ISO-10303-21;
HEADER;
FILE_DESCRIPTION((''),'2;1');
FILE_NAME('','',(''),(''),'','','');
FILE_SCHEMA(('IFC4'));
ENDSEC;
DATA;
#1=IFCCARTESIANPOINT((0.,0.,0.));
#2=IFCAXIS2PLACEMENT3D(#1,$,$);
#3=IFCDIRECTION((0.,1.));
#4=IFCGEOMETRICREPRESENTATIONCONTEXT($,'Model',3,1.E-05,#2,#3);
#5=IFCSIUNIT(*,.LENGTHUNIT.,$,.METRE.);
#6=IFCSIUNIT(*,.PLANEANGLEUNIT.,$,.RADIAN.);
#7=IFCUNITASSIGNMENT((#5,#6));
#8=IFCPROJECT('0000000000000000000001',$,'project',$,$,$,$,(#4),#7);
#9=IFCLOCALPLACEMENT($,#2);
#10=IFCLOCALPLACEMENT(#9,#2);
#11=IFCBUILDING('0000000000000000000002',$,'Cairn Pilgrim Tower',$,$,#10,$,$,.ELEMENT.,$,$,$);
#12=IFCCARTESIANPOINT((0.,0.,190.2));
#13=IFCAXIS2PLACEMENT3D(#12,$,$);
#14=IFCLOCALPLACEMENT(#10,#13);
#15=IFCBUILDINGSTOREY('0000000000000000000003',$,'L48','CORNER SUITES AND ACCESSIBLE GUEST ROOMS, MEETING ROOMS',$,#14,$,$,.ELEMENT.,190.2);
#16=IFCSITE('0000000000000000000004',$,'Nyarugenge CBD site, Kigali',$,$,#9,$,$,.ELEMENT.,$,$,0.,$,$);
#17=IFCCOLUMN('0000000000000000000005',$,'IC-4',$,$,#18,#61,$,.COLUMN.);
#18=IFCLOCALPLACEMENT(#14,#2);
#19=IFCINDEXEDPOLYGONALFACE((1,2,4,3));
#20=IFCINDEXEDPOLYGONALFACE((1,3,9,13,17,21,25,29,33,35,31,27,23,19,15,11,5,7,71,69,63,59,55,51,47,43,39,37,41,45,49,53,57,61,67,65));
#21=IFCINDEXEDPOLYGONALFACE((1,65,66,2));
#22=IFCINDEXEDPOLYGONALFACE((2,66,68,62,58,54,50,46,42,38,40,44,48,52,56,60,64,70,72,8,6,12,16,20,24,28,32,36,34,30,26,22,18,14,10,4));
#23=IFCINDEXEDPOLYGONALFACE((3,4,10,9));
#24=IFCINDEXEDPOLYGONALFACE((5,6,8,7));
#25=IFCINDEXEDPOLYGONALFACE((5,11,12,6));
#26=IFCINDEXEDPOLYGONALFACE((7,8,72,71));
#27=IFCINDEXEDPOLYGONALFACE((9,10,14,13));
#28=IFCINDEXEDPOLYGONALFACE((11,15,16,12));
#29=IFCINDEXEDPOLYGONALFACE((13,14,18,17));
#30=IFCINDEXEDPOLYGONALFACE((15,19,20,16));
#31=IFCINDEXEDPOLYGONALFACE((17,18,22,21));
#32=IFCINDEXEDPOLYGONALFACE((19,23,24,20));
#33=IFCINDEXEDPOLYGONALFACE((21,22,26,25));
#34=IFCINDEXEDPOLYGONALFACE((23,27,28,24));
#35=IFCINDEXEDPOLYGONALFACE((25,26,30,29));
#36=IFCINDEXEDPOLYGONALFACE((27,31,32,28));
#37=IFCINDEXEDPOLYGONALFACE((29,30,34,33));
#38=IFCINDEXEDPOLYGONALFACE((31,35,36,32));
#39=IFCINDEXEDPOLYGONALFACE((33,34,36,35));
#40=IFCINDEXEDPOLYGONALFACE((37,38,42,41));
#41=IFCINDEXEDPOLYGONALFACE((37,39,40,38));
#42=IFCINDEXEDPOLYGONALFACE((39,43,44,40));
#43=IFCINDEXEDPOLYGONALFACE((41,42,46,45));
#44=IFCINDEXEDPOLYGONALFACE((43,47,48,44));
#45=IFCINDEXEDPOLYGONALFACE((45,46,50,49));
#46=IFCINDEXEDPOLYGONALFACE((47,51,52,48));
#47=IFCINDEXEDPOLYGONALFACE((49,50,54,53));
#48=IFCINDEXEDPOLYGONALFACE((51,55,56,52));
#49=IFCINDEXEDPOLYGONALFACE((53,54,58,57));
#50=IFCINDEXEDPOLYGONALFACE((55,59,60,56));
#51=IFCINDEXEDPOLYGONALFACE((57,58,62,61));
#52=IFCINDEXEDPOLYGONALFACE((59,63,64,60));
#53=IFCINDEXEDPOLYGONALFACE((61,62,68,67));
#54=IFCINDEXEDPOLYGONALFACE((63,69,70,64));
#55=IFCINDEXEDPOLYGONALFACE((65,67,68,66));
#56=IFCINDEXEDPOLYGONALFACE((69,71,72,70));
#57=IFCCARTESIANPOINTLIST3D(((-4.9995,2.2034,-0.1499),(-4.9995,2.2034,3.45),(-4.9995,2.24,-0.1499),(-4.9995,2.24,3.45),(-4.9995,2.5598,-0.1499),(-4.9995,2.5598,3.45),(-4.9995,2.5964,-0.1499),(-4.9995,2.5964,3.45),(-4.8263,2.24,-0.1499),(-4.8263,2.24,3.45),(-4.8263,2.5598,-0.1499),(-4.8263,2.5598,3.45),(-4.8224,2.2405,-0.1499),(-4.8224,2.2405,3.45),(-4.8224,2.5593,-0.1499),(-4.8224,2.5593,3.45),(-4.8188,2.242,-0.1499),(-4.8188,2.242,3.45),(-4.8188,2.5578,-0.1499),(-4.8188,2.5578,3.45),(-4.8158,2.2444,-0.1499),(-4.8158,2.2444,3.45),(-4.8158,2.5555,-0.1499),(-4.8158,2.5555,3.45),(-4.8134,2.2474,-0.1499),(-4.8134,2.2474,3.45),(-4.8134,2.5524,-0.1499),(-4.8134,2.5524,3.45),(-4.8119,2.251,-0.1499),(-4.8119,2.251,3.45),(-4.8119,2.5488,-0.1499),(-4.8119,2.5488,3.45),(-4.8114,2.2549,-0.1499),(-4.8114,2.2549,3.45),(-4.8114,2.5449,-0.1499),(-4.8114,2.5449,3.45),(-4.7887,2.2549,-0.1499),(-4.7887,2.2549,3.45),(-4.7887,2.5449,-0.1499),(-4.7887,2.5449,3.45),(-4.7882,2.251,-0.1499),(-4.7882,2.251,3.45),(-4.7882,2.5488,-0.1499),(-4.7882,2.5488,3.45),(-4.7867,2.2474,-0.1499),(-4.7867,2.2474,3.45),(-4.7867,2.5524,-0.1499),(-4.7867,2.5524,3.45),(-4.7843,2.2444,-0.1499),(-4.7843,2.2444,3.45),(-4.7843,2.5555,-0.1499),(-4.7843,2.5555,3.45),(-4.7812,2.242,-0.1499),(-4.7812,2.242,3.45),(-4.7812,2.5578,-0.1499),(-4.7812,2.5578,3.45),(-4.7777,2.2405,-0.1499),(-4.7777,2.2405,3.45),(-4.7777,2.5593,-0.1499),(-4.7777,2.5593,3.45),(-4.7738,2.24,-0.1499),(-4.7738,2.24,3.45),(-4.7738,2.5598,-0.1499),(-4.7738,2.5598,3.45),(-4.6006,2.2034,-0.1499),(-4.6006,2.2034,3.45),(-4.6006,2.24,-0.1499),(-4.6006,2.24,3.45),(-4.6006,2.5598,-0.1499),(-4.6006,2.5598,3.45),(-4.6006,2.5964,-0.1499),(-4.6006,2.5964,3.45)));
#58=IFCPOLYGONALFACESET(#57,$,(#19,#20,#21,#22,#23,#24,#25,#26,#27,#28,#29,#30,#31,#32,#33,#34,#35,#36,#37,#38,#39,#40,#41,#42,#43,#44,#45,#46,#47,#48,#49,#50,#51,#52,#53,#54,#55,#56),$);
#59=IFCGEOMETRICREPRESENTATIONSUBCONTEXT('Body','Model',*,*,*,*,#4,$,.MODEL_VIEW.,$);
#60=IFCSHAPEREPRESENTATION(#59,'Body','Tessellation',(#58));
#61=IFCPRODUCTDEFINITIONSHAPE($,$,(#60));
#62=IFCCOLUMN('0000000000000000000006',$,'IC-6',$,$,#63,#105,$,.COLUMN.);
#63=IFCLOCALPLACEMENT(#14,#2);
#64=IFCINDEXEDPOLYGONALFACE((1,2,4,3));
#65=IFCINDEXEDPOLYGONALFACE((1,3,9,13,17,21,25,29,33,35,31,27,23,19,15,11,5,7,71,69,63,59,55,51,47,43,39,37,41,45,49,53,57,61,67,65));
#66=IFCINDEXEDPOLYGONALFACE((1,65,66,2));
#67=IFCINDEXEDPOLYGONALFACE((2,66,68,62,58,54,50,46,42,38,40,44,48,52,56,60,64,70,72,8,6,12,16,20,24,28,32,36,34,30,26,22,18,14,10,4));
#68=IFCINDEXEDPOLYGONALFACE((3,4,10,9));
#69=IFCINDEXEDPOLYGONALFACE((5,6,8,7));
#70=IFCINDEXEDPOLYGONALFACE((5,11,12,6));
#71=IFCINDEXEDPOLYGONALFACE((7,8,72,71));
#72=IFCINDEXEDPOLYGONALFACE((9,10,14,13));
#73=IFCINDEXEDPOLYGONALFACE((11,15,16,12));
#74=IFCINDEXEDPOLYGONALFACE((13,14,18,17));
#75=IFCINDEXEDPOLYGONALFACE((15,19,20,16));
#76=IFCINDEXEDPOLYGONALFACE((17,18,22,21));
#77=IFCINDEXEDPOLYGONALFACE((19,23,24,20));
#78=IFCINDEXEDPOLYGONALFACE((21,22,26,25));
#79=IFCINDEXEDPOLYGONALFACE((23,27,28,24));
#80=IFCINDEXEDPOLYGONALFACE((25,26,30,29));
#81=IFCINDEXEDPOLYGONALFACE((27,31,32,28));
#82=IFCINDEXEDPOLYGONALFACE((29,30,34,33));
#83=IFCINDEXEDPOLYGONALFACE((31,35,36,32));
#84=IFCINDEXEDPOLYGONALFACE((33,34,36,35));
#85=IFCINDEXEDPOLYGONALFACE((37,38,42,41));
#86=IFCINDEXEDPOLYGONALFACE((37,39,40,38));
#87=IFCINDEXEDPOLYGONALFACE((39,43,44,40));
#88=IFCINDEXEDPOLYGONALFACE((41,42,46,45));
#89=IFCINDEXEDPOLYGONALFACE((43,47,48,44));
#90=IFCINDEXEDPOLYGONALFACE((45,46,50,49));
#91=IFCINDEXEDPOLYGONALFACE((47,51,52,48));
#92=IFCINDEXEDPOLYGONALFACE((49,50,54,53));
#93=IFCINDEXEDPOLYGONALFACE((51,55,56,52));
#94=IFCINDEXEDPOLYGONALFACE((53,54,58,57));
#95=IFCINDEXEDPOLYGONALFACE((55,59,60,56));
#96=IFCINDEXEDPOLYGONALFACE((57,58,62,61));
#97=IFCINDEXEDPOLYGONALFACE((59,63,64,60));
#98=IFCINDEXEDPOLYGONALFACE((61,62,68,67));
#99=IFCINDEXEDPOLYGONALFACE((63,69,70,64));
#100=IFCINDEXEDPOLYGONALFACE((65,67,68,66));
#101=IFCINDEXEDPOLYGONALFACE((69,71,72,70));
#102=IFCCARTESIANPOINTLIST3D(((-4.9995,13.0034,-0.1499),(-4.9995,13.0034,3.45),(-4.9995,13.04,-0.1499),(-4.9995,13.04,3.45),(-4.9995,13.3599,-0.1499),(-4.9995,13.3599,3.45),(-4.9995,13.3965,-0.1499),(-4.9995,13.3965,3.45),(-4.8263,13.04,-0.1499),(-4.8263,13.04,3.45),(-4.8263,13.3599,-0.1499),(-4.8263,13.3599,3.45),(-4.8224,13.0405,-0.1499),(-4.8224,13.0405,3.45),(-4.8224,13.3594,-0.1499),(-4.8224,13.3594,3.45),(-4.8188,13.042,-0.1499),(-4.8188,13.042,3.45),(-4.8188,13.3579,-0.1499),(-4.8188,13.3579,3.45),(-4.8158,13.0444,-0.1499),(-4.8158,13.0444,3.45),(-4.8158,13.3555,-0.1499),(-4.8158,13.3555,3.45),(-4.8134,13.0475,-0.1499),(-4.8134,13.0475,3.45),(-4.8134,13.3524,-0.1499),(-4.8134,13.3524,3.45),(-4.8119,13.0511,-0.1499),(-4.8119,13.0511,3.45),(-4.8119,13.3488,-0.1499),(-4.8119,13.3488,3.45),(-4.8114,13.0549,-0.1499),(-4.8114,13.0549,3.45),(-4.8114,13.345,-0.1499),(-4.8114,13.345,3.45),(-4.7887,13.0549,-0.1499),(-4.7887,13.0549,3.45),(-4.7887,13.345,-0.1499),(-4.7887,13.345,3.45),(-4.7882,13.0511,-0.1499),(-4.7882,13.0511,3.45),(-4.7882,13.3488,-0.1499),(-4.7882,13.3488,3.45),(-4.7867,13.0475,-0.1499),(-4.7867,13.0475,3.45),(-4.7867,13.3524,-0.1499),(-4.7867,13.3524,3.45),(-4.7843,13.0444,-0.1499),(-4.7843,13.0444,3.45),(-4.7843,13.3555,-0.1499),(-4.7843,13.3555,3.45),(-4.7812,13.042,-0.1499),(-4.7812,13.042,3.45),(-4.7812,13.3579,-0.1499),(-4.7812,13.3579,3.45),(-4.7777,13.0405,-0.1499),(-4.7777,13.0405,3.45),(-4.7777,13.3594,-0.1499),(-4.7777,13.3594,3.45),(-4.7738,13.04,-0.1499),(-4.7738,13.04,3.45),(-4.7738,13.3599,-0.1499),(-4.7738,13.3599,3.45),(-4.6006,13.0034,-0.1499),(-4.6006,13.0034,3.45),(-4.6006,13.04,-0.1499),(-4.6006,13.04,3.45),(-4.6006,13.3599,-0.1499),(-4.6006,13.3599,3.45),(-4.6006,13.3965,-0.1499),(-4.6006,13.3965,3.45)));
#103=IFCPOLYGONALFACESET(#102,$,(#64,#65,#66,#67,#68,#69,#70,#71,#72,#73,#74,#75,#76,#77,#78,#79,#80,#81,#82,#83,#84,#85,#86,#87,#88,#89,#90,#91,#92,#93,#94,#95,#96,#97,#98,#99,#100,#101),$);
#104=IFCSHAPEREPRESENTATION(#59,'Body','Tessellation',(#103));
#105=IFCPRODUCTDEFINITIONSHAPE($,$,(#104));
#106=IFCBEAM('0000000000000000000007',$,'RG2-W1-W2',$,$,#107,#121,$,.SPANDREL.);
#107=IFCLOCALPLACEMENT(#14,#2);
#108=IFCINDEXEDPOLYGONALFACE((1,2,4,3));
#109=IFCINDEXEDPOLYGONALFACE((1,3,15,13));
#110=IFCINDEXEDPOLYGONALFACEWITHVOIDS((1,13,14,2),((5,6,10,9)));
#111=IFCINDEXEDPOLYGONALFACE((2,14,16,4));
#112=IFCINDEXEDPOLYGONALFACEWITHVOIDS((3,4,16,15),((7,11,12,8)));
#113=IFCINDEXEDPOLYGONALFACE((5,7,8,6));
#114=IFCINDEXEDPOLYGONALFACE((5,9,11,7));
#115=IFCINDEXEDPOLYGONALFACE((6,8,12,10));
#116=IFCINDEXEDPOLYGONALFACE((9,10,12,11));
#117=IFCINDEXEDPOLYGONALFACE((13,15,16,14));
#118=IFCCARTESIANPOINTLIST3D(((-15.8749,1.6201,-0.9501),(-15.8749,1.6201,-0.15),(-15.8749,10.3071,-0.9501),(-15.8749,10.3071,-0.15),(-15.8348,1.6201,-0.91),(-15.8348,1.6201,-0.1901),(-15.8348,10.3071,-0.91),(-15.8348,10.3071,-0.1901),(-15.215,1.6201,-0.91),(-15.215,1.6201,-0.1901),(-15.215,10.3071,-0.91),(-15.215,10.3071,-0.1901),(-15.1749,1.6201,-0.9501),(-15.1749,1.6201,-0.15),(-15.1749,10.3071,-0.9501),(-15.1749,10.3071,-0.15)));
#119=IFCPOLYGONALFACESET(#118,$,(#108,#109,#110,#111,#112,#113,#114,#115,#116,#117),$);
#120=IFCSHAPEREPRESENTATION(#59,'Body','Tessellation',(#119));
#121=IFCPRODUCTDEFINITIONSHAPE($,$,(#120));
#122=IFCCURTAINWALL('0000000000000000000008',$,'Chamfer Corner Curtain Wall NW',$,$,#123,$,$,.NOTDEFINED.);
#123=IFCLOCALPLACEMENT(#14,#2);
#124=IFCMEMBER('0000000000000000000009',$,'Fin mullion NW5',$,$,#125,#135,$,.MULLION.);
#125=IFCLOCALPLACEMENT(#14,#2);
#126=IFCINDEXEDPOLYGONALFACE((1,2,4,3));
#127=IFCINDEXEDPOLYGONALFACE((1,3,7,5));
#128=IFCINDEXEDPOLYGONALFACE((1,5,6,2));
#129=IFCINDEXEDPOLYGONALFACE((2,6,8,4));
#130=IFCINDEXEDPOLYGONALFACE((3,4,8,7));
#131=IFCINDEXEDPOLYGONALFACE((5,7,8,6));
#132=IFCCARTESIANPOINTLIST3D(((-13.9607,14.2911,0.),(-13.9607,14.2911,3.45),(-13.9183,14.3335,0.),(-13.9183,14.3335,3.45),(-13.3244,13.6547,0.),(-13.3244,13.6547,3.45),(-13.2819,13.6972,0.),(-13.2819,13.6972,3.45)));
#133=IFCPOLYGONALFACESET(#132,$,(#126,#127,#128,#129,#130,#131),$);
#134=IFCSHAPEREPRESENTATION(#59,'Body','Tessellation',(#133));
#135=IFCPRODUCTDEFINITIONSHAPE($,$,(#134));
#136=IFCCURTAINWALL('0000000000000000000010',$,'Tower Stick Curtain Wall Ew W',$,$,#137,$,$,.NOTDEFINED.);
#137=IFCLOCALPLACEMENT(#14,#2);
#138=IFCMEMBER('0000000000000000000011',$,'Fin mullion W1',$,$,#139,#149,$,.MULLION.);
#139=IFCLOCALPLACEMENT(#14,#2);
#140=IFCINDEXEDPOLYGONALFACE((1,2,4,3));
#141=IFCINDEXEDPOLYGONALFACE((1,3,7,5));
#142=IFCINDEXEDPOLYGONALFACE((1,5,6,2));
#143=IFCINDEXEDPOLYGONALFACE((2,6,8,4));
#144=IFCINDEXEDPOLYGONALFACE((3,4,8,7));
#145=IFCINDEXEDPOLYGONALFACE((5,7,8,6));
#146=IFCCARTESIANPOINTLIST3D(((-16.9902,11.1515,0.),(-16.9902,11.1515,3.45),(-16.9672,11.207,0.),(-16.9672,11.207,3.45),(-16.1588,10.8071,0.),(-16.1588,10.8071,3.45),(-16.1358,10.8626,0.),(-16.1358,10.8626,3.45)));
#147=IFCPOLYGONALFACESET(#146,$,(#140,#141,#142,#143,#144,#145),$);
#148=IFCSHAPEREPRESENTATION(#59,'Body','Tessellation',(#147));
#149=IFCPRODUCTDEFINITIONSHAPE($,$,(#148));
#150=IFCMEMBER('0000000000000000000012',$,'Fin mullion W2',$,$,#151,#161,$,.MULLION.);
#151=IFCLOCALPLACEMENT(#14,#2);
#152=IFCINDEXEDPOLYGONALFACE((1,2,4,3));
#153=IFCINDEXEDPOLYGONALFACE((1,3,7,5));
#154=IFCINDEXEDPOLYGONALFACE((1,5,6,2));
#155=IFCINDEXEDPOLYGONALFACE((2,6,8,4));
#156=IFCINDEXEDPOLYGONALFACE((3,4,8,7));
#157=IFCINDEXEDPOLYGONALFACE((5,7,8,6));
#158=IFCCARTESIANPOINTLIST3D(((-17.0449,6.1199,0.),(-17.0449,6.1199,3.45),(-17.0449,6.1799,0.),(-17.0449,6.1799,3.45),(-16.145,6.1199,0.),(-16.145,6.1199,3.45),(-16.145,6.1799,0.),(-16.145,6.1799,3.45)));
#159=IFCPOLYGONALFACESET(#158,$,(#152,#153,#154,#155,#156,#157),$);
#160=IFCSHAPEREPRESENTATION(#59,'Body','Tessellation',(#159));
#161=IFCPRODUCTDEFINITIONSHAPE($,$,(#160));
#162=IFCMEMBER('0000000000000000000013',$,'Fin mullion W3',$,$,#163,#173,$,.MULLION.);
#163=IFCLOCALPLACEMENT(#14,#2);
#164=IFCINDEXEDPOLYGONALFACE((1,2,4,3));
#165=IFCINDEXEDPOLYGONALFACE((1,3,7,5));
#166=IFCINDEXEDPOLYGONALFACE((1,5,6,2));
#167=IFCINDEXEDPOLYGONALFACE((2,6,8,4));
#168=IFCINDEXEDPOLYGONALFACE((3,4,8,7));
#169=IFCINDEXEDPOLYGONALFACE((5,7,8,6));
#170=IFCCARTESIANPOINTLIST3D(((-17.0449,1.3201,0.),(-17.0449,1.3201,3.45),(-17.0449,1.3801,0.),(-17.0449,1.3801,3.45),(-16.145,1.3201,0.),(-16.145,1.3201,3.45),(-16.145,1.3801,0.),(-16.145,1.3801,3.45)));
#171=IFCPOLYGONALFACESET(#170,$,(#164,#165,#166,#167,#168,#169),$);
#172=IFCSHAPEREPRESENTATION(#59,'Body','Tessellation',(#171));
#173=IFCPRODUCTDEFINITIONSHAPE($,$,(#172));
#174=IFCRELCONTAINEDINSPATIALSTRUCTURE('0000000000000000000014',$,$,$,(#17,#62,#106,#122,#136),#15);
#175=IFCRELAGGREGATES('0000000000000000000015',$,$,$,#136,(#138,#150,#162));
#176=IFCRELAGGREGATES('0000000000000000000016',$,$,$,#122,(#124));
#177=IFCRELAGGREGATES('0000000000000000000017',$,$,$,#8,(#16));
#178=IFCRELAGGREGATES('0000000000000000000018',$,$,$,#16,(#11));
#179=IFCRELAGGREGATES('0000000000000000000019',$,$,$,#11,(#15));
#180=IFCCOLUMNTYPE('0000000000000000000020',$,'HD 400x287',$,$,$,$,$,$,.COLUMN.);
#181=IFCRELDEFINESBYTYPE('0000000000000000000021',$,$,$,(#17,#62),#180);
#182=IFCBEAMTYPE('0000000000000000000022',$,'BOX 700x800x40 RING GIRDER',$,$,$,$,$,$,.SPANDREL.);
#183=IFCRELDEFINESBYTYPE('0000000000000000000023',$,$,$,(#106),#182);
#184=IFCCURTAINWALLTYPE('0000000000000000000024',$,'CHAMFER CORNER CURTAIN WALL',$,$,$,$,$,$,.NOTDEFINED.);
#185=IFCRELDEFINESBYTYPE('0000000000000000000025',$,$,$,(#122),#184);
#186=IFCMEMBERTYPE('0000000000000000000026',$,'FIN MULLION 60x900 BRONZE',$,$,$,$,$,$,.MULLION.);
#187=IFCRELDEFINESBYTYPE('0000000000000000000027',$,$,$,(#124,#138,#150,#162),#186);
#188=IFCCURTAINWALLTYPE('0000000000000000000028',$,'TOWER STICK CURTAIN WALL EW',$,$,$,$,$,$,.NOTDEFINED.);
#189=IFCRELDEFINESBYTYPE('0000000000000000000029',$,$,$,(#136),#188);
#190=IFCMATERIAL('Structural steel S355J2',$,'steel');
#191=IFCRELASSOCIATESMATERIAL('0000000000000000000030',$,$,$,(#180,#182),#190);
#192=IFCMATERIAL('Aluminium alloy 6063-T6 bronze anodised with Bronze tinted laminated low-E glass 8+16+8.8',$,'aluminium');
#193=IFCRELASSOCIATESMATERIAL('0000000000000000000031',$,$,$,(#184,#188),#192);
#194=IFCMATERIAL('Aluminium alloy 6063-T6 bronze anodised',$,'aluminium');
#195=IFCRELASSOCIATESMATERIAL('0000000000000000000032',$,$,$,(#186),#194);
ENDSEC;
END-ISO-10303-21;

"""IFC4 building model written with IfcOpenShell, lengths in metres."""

from ifc_helpers import new_model, si_unit, direction, frame, origin, origin_2d, place, context, subcontext, project, spatial, rectangle, hollow_rectangle, i_section, extrude, material, material_profile, profile_set, type_object, element, aggregate, save


model = new_model("IFC4")

# Units and contexts
model_context = context("Model", 3, precision=1e-05, world=origin(), true_north=direction((0.0, 1.0)))
body_context = subcontext(model_context, "Body", "Model", "MODEL_VIEW")
ifc_project = project(units=[si_unit("LENGTHUNIT", "METRE"), si_unit("PLANEANGLEUNIT", "RADIAN")], contexts=[model_context])

# Site, building, storey
site_placement = place(None, origin())
site = spatial("IfcSite", under=ifc_project, at=site_placement, Name="Nyarugenge CBD site, Kigali", CompositionType="ELEMENT", RefElevation=0.0)
building_placement = place(site_placement, origin())
building = spatial("IfcBuilding", under=site, at=building_placement, Name="Cairn Pilgrim Tower", CompositionType="ELEMENT")
storey_placement = place(building_placement, frame((0.0, 0.0, 190.2)))
storey = spatial("IfcBuildingStorey", under=building, at=storey_placement, Name="L48", Description="CORNER SUITES AND ACCESSIBLE GUEST ROOMS, MEETING ROOMS", CompositionType="ELEMENT", Elevation=190.2)

# Columns
ifc_material_1 = material(Name="Structural steel S355J2", Category="steel")
ifc_material_profile_1 = material_profile(ifc_material_1, i_section(OverallWidth=0.3989, OverallDepth=0.3931, WebThickness=0.0227, FlangeThickness=0.0366, FilletRadius=0.0149, at=origin_2d()), Name="HD 400x287")
ifc_profile_set_1 = profile_set([ifc_material_profile_1], Name="Structural steel S355J2")
column_type_1 = type_object("IfcColumnType", Name="HD 400x287", PredefinedType="COLUMN", material=ifc_profile_set_1)
for number, where, z_axis, x_axis, name in (
    (1, (-4.8, 2.3999, -0.1499), (0.0, 0.0, 1.0), (1.0, 0.0, 0.0), "IC-4"),
    (2, (-4.8, 13.2, -0.1499), (0.0, 0.0, 1.0), (1.0, 0.0, 0.0), "IC-6"),
):
    element("IfcColumn", number, at=place(storey_placement, frame(where, z_axis=z_axis, x_axis=x_axis)), inside=storey, type_object=column_type_1, Name=name, PredefinedType="COLUMN", context=body_context, shape_type="SweptSolid", body=[
        extrude(i_section(OverallWidth=0.3989, OverallDepth=0.3931, WebThickness=0.0227, FlangeThickness=0.0366, FilletRadius=0.0149, at=origin_2d()), origin(), (0.0, 0.0, 1.0), 3.5999),
    ])

# Beam
ifc_material_profile_2 = material_profile(ifc_material_1, hollow_rectangle(XDim=0.7, YDim=0.8, WallThickness=0.04, at=origin_2d()), Name="BOX 700x800x40")
ifc_profile_set_2 = profile_set([ifc_material_profile_2], Name="Structural steel S355J2")
beam_type_1 = type_object("IfcBeamType", Name="BOX 700x800x40 RING GIRDER", PredefinedType="SPANDREL", material=ifc_profile_set_2)
beam_1_placement = place(storey_placement, frame((-15.5249, 10.3071, -0.55), z_axis=(0.0, -1.0, 0.0), x_axis=(1.0, 0.0, 0.0)))
element("IfcBeam", 3, at=beam_1_placement, inside=storey, type_object=beam_type_1, Name="RG2-W1-W2", PredefinedType="SPANDREL", context=body_context, shape_type="SweptSolid", body=[
    extrude(hollow_rectangle(XDim=0.7, YDim=0.8, WallThickness=0.04, at=origin_2d()), origin(), (0.0, 0.0, 1.0), 8.687),
])

# Curtain wall, member
ifc_material_2 = material(Name="Aluminium alloy 6063-T6 bronze anodised with Bronze tinted laminated low-E glass 8+16+8.8", Category="aluminium")
curtain_wall_type_1 = type_object("IfcCurtainWallType", Name="CHAMFER CORNER CURTAIN WALL", PredefinedType="NOTDEFINED", material=ifc_material_2)
curtain_wall_1_placement = place(storey_placement, origin())
curtain_wall_1 = element("IfcCurtainWall", 4, at=curtain_wall_1_placement, inside=storey, type_object=curtain_wall_type_1, Name="Chamfer Corner Curtain Wall NW", PredefinedType="NOTDEFINED")
ifc_material_3 = material(Name="Aluminium alloy 6063-T6 bronze anodised", Category="aluminium")
ifc_material_profile_3 = material_profile(ifc_material_3, rectangle(XDim=0.8999, YDim=0.0601, at=origin_2d()), Name="FIN MULLION 60x900 BRONZE")
ifc_profile_set_3 = profile_set([ifc_material_profile_3], Name="Aluminium alloy 6063-T6 bronze anodised")
member_type_1 = type_object("IfcMemberType", Name="FIN MULLION 60x900 BRONZE", PredefinedType="MULLION", material=ifc_profile_set_3)
member_1_placement = place(storey_placement, frame((-13.6213, 13.9941, 0.0), z_axis=(0.0, 0.0, 1.0), x_axis=(-0.707107, 0.707107, 0.0)))
member_1 = element("IfcMember", 5, at=member_1_placement, type_object=member_type_1, Name="Fin mullion NW5", PredefinedType="MULLION", context=body_context, shape_type="SweptSolid", body=[
    extrude(rectangle(XDim=0.8999, YDim=0.0601, at=origin_2d()), origin(), (0.0, 0.0, 1.0), 3.45),
])

# Curtain wall, members
curtain_wall_type_2 = type_object("IfcCurtainWallType", Name="TOWER STICK CURTAIN WALL EW", PredefinedType="NOTDEFINED", material=ifc_material_2)
curtain_wall_2_placement = place(storey_placement, origin())
curtain_wall_2 = element("IfcCurtainWall", 6, at=curtain_wall_2_placement, inside=storey, type_object=curtain_wall_type_2, Name="Tower Stick Curtain Wall Ew W", PredefinedType="NOTDEFINED")
member_2_placement = place(storey_placement, frame((-16.563, 11.0071, 0.0), z_axis=(0.0, 0.0, 1.0), x_axis=(-0.92388, 0.382683, 0.0)))
member_2 = element("IfcMember", 7, at=member_2_placement, type_object=member_type_1, Name="Fin mullion W1", PredefinedType="MULLION", context=body_context, shape_type="SweptSolid", body=[
    extrude(rectangle(XDim=0.8999, YDim=0.0601, at=origin_2d()), origin(), (0.0, 0.0, 1.0), 3.45),
])
member_3_placement = place(storey_placement, frame((-16.595, 6.1499, 0.0), z_axis=(0.0, 0.0, 1.0), x_axis=(-1.0, 0.0, 0.0)))
member_3 = element("IfcMember", 8, at=member_3_placement, type_object=member_type_1, Name="Fin mullion W2", PredefinedType="MULLION", context=body_context, shape_type="SweptSolid", body=[
    extrude(rectangle(XDim=0.8999, YDim=0.0601, at=origin_2d()), origin(), (0.0, 0.0, 1.0), 3.45),
])
member_4_placement = place(storey_placement, frame((-16.595, 1.3501, 0.0), z_axis=(0.0, 0.0, 1.0), x_axis=(-1.0, 0.0, 0.0)))
member_4 = element("IfcMember", 9, at=member_4_placement, type_object=member_type_1, Name="Fin mullion W3", PredefinedType="MULLION", context=body_context, shape_type="SweptSolid", body=[
    extrude(rectangle(XDim=0.8999, YDim=0.0601, at=origin_2d()), origin(), (0.0, 0.0, 1.0), 3.45),
])
aggregate(curtain_wall_2, [member_2, member_3, member_4])

aggregate(curtain_wall_1, [member_1])

save(model, "model.ifc")
